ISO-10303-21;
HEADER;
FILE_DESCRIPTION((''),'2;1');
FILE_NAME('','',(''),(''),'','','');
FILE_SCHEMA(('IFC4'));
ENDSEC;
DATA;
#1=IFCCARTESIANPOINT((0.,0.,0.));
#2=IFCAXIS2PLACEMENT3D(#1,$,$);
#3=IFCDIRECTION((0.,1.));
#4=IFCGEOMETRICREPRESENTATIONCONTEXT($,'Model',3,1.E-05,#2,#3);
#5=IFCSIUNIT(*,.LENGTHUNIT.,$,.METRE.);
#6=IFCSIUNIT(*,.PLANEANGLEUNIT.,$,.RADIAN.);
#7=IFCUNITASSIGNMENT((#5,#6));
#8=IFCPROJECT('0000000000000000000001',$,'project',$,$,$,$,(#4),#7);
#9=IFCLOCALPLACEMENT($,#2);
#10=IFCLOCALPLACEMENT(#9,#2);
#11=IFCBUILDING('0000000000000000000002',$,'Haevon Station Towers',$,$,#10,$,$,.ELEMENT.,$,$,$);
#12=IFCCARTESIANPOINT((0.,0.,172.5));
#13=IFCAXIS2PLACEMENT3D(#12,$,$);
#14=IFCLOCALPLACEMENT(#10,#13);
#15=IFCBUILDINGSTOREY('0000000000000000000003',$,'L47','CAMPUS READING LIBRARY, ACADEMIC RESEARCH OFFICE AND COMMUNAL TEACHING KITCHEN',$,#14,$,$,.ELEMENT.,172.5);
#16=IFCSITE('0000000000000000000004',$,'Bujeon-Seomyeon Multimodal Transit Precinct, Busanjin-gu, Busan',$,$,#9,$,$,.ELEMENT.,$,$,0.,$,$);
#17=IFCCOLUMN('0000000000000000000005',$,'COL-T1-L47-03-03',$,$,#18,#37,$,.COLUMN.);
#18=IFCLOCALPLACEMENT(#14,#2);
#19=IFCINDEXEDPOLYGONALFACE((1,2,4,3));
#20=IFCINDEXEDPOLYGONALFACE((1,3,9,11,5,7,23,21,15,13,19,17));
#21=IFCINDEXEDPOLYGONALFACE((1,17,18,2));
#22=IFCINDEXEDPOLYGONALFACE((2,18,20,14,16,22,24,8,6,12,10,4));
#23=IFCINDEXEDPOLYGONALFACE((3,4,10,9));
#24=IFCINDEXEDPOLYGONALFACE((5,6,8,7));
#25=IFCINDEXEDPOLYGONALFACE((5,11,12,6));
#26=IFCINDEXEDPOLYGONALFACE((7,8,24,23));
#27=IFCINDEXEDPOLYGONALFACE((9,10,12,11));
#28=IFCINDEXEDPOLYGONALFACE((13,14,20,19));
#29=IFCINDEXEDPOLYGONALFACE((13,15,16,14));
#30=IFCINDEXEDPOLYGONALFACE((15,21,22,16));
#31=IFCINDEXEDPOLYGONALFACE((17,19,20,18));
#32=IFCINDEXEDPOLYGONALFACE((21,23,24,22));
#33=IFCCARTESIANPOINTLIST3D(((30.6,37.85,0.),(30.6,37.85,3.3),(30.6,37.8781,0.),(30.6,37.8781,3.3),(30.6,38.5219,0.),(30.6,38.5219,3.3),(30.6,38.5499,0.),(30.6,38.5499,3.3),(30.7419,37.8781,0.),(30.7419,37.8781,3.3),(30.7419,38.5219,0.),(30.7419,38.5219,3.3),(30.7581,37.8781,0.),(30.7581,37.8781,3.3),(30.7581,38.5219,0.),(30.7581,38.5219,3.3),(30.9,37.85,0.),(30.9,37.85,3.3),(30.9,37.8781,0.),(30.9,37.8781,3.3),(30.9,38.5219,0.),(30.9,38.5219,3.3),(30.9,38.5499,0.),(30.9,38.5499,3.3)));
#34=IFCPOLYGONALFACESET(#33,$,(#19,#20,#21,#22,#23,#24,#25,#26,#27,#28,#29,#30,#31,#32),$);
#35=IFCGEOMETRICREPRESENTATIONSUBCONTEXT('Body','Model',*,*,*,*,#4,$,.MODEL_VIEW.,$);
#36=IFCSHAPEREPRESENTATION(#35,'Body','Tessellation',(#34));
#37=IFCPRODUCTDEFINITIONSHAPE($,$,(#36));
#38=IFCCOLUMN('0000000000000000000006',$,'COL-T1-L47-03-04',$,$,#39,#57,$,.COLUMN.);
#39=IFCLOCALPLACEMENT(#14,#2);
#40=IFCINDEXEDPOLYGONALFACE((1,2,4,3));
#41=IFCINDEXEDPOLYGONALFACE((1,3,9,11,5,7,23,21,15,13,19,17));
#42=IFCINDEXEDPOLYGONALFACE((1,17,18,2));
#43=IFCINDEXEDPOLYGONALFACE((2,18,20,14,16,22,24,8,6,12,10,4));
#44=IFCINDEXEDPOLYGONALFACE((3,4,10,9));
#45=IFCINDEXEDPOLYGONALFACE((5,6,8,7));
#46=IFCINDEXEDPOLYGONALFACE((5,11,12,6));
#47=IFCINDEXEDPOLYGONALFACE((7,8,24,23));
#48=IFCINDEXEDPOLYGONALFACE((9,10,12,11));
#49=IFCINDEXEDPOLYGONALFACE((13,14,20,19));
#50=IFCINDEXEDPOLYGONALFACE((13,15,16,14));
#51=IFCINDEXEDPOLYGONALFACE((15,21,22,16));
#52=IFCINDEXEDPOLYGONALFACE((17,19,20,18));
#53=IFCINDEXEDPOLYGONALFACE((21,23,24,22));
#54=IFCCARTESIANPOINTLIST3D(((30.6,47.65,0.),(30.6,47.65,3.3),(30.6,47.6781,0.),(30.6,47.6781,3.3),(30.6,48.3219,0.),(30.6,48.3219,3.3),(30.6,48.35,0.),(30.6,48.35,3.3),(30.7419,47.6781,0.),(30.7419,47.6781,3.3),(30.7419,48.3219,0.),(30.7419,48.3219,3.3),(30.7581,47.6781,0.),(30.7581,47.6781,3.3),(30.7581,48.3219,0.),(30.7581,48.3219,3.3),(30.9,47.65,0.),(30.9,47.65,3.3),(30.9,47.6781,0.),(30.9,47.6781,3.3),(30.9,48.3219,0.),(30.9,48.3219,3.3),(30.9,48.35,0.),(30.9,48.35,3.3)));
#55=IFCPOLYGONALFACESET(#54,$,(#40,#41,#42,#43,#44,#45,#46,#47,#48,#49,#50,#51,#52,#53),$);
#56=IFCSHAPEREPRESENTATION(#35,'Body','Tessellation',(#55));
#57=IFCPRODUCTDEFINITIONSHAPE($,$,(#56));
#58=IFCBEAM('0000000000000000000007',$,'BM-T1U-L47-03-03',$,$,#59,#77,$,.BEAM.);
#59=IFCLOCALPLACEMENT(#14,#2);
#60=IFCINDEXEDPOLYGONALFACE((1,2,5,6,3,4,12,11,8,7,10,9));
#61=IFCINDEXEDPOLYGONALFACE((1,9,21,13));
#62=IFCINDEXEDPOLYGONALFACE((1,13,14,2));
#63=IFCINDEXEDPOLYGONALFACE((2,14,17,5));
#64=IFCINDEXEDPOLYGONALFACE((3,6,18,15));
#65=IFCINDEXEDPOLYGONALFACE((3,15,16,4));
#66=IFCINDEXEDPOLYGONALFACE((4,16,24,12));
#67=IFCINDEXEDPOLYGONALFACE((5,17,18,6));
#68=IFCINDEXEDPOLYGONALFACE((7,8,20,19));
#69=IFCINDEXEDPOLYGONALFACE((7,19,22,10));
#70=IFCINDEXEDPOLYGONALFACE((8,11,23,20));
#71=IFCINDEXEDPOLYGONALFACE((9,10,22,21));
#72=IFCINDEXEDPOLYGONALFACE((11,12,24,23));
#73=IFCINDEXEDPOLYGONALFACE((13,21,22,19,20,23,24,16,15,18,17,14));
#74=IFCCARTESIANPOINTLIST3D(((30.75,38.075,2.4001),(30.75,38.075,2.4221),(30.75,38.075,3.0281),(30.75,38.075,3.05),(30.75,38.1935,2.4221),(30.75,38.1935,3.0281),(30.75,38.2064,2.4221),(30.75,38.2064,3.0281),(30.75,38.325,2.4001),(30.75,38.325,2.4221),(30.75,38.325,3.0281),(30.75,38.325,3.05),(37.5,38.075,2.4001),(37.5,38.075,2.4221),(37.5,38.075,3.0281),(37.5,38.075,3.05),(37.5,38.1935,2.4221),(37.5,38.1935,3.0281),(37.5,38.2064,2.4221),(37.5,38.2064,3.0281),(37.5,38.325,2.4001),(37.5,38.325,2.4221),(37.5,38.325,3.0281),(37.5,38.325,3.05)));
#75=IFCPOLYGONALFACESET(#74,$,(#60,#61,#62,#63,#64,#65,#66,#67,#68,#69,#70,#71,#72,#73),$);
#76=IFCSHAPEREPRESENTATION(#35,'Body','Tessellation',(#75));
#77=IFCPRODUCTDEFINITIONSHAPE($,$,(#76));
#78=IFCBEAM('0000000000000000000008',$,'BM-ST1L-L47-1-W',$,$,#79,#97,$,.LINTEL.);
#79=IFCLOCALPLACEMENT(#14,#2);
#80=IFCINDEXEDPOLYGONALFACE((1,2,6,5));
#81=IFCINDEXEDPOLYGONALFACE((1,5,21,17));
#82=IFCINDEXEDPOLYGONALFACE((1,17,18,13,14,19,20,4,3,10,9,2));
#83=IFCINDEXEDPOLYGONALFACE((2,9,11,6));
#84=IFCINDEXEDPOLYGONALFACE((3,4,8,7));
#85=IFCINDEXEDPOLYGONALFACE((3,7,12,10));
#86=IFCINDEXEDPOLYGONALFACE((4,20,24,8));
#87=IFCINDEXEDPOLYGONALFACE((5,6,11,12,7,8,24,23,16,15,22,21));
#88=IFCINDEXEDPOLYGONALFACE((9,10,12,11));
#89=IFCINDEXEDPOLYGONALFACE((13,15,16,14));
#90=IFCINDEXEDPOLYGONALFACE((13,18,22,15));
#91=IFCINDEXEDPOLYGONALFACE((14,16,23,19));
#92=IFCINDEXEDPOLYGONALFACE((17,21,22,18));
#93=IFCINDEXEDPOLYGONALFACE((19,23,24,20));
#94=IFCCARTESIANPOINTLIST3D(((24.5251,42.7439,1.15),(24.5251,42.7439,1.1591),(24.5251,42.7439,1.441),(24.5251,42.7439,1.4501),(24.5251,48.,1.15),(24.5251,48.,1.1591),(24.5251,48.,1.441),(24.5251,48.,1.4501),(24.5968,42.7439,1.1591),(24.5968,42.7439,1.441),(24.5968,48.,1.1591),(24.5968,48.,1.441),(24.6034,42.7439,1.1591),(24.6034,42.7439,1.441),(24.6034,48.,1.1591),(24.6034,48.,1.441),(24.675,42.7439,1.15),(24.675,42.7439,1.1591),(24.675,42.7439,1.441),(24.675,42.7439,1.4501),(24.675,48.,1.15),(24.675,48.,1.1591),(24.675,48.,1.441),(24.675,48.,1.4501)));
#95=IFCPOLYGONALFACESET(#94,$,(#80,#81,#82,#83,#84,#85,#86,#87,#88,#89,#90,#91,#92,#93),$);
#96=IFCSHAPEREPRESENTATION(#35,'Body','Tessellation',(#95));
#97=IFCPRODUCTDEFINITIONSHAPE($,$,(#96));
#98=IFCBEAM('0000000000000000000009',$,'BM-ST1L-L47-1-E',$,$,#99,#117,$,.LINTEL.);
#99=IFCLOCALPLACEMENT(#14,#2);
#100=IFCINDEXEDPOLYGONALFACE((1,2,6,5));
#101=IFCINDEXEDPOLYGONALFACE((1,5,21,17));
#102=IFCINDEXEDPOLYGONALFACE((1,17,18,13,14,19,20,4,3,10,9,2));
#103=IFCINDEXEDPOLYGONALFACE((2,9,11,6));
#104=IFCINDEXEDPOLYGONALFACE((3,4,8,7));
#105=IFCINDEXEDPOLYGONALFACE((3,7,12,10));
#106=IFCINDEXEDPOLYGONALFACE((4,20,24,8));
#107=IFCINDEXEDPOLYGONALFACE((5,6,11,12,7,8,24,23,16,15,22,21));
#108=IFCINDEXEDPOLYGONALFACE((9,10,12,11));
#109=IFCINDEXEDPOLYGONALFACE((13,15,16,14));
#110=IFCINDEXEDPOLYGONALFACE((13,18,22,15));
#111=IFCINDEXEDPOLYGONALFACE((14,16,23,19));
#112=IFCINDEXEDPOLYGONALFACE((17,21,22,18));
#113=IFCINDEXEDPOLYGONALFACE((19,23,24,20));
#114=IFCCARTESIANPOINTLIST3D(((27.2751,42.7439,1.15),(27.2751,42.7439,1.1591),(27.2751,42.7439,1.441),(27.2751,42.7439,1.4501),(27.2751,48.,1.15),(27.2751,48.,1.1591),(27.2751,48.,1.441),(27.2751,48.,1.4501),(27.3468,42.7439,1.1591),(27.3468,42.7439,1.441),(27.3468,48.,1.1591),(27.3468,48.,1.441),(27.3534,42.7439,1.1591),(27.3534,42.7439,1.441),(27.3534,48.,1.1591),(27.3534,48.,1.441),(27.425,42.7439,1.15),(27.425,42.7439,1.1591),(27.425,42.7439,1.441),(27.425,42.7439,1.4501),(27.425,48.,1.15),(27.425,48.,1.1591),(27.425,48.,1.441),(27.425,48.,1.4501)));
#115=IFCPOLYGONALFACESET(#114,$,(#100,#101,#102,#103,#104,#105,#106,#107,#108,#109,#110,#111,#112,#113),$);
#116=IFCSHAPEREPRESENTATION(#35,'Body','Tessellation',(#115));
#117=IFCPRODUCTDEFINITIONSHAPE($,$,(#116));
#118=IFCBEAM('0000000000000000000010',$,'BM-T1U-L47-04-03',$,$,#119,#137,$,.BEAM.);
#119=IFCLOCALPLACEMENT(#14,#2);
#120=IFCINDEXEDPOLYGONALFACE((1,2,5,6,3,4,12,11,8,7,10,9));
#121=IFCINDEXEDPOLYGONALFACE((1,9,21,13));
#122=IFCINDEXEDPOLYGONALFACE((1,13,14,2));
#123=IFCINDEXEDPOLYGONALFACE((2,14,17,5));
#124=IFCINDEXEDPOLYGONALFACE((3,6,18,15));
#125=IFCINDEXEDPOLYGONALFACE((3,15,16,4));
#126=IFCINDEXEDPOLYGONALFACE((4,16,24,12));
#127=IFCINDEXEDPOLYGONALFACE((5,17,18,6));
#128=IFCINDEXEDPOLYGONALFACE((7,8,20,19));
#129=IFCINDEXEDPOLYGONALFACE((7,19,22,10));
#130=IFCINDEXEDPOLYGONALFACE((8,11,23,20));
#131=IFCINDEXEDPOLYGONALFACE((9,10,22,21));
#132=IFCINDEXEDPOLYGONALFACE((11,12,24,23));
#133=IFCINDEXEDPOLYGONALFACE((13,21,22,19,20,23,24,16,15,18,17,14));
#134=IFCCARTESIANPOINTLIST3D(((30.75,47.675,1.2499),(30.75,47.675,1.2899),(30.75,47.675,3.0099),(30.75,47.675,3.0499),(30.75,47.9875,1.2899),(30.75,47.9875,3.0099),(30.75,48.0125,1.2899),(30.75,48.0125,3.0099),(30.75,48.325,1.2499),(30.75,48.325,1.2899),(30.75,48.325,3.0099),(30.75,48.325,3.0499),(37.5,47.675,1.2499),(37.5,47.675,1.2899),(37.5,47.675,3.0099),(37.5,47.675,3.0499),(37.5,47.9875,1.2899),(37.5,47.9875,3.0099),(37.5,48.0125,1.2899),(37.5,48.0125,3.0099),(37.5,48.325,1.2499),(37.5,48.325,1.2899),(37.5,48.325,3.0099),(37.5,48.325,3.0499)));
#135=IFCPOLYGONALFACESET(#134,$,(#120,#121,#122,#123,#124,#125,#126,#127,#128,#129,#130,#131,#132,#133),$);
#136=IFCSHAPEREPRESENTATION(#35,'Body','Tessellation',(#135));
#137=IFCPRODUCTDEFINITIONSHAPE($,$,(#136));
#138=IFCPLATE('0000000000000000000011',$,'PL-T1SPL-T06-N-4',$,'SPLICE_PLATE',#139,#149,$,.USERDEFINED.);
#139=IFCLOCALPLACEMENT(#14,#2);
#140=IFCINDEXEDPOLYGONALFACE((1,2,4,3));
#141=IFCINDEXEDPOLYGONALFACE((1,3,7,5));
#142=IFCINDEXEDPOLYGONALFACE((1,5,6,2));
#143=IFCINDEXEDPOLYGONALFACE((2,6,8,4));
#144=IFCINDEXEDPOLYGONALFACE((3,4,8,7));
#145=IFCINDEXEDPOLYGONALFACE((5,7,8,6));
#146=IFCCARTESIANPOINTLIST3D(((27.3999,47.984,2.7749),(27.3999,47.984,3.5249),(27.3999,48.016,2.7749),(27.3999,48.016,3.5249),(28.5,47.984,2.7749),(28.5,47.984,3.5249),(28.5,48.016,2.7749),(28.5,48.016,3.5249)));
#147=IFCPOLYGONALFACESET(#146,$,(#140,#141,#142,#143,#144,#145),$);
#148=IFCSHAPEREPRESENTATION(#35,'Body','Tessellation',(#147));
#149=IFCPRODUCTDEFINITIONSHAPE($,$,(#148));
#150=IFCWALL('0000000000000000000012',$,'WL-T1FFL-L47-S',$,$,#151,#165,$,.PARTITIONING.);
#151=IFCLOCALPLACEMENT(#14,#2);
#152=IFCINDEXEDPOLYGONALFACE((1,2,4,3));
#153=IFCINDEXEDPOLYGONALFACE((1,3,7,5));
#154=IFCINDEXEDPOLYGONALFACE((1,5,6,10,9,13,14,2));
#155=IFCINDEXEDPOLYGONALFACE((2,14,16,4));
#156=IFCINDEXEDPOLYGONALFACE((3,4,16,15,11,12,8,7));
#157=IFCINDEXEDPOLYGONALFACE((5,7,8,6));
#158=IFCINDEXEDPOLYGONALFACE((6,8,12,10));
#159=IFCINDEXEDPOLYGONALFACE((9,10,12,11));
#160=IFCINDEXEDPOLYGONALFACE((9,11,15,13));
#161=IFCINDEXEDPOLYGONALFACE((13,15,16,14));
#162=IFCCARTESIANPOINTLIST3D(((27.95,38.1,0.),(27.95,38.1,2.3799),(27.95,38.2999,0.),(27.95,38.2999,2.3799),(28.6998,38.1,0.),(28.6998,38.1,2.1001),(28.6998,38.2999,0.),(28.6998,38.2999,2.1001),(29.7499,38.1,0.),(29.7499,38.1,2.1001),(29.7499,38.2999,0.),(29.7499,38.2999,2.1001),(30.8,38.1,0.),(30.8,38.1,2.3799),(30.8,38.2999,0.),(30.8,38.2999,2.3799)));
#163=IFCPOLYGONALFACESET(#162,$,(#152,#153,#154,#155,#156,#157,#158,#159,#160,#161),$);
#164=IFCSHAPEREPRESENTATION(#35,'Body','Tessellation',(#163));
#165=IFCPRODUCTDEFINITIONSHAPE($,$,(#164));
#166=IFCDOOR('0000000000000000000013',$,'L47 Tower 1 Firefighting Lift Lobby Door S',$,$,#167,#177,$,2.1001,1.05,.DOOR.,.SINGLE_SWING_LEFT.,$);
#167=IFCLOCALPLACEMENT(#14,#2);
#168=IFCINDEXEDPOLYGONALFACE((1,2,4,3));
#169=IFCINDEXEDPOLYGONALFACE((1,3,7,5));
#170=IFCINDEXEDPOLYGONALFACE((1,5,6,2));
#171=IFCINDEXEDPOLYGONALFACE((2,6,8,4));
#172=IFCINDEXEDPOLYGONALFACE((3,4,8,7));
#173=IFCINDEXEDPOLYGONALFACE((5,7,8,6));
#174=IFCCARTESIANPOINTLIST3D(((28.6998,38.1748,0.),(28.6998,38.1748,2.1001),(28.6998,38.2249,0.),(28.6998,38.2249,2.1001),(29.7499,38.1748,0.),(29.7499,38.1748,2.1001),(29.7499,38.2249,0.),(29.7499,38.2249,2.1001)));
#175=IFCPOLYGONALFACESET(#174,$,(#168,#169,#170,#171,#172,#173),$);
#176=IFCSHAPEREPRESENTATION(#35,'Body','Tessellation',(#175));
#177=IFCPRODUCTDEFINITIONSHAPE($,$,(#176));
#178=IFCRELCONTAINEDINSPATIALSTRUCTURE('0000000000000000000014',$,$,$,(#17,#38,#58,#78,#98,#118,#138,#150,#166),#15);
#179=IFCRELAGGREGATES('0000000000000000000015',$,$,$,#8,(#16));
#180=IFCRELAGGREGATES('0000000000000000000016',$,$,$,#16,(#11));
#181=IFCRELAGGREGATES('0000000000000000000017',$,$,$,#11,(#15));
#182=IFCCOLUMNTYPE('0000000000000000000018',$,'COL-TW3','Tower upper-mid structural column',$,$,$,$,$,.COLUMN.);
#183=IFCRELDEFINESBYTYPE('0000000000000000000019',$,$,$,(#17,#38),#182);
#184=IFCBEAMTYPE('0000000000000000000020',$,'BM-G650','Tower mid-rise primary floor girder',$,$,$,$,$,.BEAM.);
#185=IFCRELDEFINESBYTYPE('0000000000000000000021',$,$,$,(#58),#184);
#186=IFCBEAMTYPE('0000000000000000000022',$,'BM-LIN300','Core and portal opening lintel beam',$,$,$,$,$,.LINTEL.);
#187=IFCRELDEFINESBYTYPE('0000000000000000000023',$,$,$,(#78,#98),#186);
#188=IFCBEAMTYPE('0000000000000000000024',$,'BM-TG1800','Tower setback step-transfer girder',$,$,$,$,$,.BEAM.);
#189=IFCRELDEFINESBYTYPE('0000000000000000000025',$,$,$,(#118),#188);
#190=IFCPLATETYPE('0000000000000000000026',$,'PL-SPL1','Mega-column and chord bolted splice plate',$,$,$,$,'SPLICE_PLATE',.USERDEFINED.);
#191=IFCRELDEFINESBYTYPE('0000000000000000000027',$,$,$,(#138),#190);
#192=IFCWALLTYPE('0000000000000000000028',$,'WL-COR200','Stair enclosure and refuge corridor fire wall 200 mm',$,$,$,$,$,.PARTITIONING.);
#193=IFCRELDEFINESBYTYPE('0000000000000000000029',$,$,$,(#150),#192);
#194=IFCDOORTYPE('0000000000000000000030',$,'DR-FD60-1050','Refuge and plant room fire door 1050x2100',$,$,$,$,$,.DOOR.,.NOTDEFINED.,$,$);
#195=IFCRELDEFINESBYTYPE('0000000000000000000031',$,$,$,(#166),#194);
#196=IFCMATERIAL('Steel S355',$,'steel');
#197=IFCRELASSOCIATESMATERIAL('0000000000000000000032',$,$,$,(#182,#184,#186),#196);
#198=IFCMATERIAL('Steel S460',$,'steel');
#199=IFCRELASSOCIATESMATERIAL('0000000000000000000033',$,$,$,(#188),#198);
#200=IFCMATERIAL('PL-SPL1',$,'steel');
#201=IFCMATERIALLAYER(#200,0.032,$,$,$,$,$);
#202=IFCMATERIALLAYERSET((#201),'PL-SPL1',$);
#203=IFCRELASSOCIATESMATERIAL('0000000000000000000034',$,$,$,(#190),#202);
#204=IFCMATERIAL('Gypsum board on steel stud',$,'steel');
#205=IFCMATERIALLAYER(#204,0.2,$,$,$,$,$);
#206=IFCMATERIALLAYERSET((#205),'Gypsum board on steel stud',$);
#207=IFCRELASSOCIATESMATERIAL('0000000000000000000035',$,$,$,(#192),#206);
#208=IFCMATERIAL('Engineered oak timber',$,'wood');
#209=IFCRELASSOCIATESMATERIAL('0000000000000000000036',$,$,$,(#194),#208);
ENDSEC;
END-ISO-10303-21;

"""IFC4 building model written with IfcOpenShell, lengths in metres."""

from ifc_helpers import new_model, si_unit, direction, frame, frame_2d, origin, origin_2d, place, context, subcontext, project, spatial, rectangle, i_section, extrude, material, layer, layer_set, material_profile, profile_set, type_object, element, fill, save


model = new_model("IFC4")

# Units and contexts
model_context = context("Model", 3, precision=1e-05, world=origin(), true_north=direction((0.0, 1.0)))
body_context = subcontext(model_context, "Body", "Model", "MODEL_VIEW")
ifc_project = project(units=[si_unit("LENGTHUNIT", "METRE"), si_unit("PLANEANGLEUNIT", "RADIAN")], contexts=[model_context])

# Site, building, storey
site_placement = place(None, origin())
site = spatial("IfcSite", under=ifc_project, at=site_placement, Name="Bujeon-Seomyeon Multimodal Transit Precinct, Busanjin-gu, Busan", CompositionType="ELEMENT", RefElevation=0.0)
building_placement = place(site_placement, origin())
building = spatial("IfcBuilding", under=site, at=building_placement, Name="Haevon Station Towers", CompositionType="ELEMENT")
storey_placement = place(building_placement, frame((0.0, 0.0, 172.5)))
storey = spatial("IfcBuildingStorey", under=building, at=storey_placement, Name="L47", Description="CAMPUS READING LIBRARY, ACADEMIC RESEARCH OFFICE AND COMMUNAL TEACHING KITCHEN", CompositionType="ELEMENT", Elevation=172.5)

# Columns
ifc_material_1 = material(Name="Steel S355", Category="steel")
ifc_material_profile_1 = material_profile(ifc_material_1, i_section(OverallWidth=0.3, OverallDepth=0.7, WebThickness=0.0161, FlangeThickness=0.0281, at=origin_2d()), Name="H-700x300x16x28")
ifc_profile_set_1 = profile_set([ifc_material_profile_1], Name="Steel S355")
column_type = type_object("IfcColumnType", Name="COL-TW3", Description="Tower upper-mid structural column", PredefinedType="COLUMN", material=ifc_profile_set_1)
for number, where, z_axis, x_axis, name in (
    (1, (30.75, 38.2, 0.0), (0.0, 0.0, 1.0), (1.0, 0.0, 0.0), "COL-T1-L47-03-03"),
    (2, (30.75, 48.0, 0.0), (0.0, 0.0, 1.0), (1.0, 0.0, 0.0), "COL-T1-L47-03-04"),
):
    element("IfcColumn", number, at=place(storey_placement, frame(where, z_axis=z_axis, x_axis=x_axis)), inside=storey, type_object=column_type, Name=name, PredefinedType="COLUMN", context=body_context, shape_type="SweptSolid", body=[
        extrude(i_section(OverallWidth=0.3, OverallDepth=0.7, WebThickness=0.0161, FlangeThickness=0.0281, at=origin_2d()), origin(), (0.0, 0.0, 1.0), 3.3),
    ])

# Beams
ifc_material_profile_2 = material_profile(ifc_material_1, i_section(OverallWidth=0.25, OverallDepth=0.6499, WebThickness=0.0129, FlangeThickness=0.022, at=origin_2d()), Name="H-650x250x13x22")
ifc_profile_set_2 = profile_set([ifc_material_profile_2], Name="Steel S355")
beam_type_1 = type_object("IfcBeamType", Name="BM-G650", Description="Tower mid-rise primary floor girder", PredefinedType="BEAM", material=ifc_profile_set_2)
beam_1_placement = place(storey_placement, frame((30.75, 38.2, 2.7251), z_axis=(1.0, 0.0, 0.0), x_axis=(0.0, 1.0, 0.0)))
element("IfcBeam", 3, at=beam_1_placement, inside=storey, type_object=beam_type_1, Name="BM-T1U-L47-03-03", PredefinedType="BEAM", context=body_context, shape_type="SweptSolid", body=[
    extrude(i_section(OverallWidth=0.25, OverallDepth=0.6499, WebThickness=0.0129, FlangeThickness=0.022, at=origin_2d()), origin(), (0.0, 0.0, 1.0), 6.75),
])
ifc_material_profile_3 = material_profile(ifc_material_1, i_section(OverallWidth=0.1499, OverallDepth=0.3, WebThickness=0.0066, FlangeThickness=0.009, at=origin_2d()), Name="H-300x150x6.5x9")
ifc_profile_set_3 = profile_set([ifc_material_profile_3], Name="Steel S355")
beam_type_2 = type_object("IfcBeamType", Name="BM-LIN300", Description="Core and portal opening lintel beam", PredefinedType="LINTEL", material=ifc_profile_set_3)
for number, where, z_axis, x_axis, name in (
    (4, (24.6001, 42.7439, 1.3), (0.0, 1.0, 0.0), (-1.0, 0.0, 0.0), "BM-ST1L-L47-1-W"),
    (5, (27.3501, 42.7439, 1.3), (0.0, 1.0, 0.0), (-1.0, 0.0, 0.0), "BM-ST1L-L47-1-E"),
):
    element("IfcBeam", number, at=place(storey_placement, frame(where, z_axis=z_axis, x_axis=x_axis)), inside=storey, type_object=beam_type_2, Name=name, PredefinedType="LINTEL", context=body_context, shape_type="SweptSolid", body=[
        extrude(i_section(OverallWidth=0.1499, OverallDepth=0.3, WebThickness=0.0066, FlangeThickness=0.009, at=origin_2d()), origin(), (0.0, 0.0, 1.0), 5.2561),
    ])
ifc_material_2 = material(Name="Steel S460", Category="steel")
ifc_material_profile_4 = material_profile(ifc_material_2, i_section(OverallWidth=0.6499, OverallDepth=1.8, WebThickness=0.0249, FlangeThickness=0.04, at=origin_2d()), Name="H-1800x650x25x40")
ifc_profile_set_4 = profile_set([ifc_material_profile_4], Name="Steel S460")
beam_type_3 = type_object("IfcBeamType", Name="BM-TG1800", Description="Tower setback step-transfer girder", PredefinedType="BEAM", material=ifc_profile_set_4)
beam_2_placement = place(storey_placement, frame((30.75, 48.0, 2.1499), z_axis=(1.0, 0.0, 0.0), x_axis=(0.0, 1.0, 0.0)))
element("IfcBeam", 6, at=beam_2_placement, inside=storey, type_object=beam_type_3, Name="BM-T1U-L47-04-03", PredefinedType="BEAM", context=body_context, shape_type="SweptSolid", body=[
    extrude(i_section(OverallWidth=0.6499, OverallDepth=1.8, WebThickness=0.0249, FlangeThickness=0.04, at=origin_2d()), origin(), (0.0, 0.0, 1.0), 6.75),
])

# Plate
ifc_material_3 = material(Name="PL-SPL1", Category="steel")
ifc_layer_1 = layer(ifc_material_3, 0.032)
ifc_layer_set_1 = layer_set([ifc_layer_1], Name="PL-SPL1")
plate_type = type_object("IfcPlateType", Name="PL-SPL1", Description="Mega-column and chord bolted splice plate", ElementType="SPLICE_PLATE", PredefinedType="USERDEFINED", material=ifc_layer_set_1)
plate_placement = place(storey_placement, frame((27.95, 48.0, 2.7749), z_axis=(0.0, 0.0, 1.0), x_axis=(1.0, 0.0, 0.0)))
element("IfcPlate", 7, at=plate_placement, inside=storey, type_object=plate_type, Name="PL-T1SPL-T06-N-4", ObjectType="SPLICE_PLATE", PredefinedType="USERDEFINED", context=body_context, shape_type="SweptSolid", body=[
    extrude(rectangle(XDim=1.1001, YDim=0.032, at=origin_2d()), origin(), (0.0, 0.0, 1.0), 0.75),
])

# Wall, opening, door
ifc_material_4 = material(Name="Gypsum board on steel stud", Category="steel")
ifc_layer_2 = layer(ifc_material_4, 0.2)
ifc_layer_set_2 = layer_set([ifc_layer_2], Name="Gypsum board on steel stud")
wall_type_1 = type_object("IfcWallType", Name="WL-COR200", Description="Stair enclosure and refuge corridor fire wall 200 mm", PredefinedType="PARTITIONING", material=ifc_layer_set_2)
wall_1_placement = place(storey_placement, frame((27.95, 38.2, 0.0), z_axis=(0.0, 0.0, 1.0), x_axis=(1.0, 0.0, 0.0)))
wall_1 = element("IfcWall", 8, at=wall_1_placement, inside=storey, type_object=wall_type_1, Name="WL-T1FFL-L47-S", PredefinedType="PARTITIONING", context=body_context, shape_type="SweptSolid", body=[
    extrude(rectangle(XDim=2.8501, YDim=0.2, at=frame_2d((1.425, 0.0))), origin(), (0.0, 0.0, 1.0), 2.3799),
])
opening_1_placement = place(wall_1_placement, frame((0.75, 0.0, 0.0)))
opening_1 = element("IfcOpeningElement", 9, at=opening_1_placement, cuts=wall_1, PredefinedType="OPENING", context=body_context, shape_type="SweptSolid", body=[
    extrude(rectangle(XDim=1.05, YDim=2.1001, at=frame_2d((0.5249, 1.05))), frame((0.0, 0.1099, 0.0), z_axis=(0.0, -1.0, 0.0), x_axis=(1.0, 0.0, 0.0)), (0.0, 0.0, 1.0), 0.22),
])
ifc_material_5 = material(Name="Engineered oak timber", Category="wood")
door_type_1 = type_object("IfcDoorType", Name="DR-FD60-1050", Description="Refuge and plant room fire door 1050x2100", OperationType="NOTDEFINED", PredefinedType="DOOR", material=ifc_material_5)
door_1_placement = place(opening_1_placement, origin())
door_1 = element("IfcDoor", 10, at=door_1_placement, inside=storey, type_object=door_type_1, Name="L47 Tower 1 Firefighting Lift Lobby Door S", OperationType="SINGLE_SWING_LEFT", OverallHeight=2.1001, OverallWidth=1.05, PredefinedType="DOOR", context=body_context, shape_type="SweptSolid", body=[
    extrude(rectangle(XDim=1.05, YDim=2.1001, at=frame_2d((0.5249, 1.05))), frame((0.0, 0.0249, 0.0), z_axis=(0.0, -1.0, 0.0), x_axis=(1.0, 0.0, 0.0)), (0.0, 0.0, 1.0), 0.05),
])
fill(opening_1, door_1)

save(model, "model.ifc")
